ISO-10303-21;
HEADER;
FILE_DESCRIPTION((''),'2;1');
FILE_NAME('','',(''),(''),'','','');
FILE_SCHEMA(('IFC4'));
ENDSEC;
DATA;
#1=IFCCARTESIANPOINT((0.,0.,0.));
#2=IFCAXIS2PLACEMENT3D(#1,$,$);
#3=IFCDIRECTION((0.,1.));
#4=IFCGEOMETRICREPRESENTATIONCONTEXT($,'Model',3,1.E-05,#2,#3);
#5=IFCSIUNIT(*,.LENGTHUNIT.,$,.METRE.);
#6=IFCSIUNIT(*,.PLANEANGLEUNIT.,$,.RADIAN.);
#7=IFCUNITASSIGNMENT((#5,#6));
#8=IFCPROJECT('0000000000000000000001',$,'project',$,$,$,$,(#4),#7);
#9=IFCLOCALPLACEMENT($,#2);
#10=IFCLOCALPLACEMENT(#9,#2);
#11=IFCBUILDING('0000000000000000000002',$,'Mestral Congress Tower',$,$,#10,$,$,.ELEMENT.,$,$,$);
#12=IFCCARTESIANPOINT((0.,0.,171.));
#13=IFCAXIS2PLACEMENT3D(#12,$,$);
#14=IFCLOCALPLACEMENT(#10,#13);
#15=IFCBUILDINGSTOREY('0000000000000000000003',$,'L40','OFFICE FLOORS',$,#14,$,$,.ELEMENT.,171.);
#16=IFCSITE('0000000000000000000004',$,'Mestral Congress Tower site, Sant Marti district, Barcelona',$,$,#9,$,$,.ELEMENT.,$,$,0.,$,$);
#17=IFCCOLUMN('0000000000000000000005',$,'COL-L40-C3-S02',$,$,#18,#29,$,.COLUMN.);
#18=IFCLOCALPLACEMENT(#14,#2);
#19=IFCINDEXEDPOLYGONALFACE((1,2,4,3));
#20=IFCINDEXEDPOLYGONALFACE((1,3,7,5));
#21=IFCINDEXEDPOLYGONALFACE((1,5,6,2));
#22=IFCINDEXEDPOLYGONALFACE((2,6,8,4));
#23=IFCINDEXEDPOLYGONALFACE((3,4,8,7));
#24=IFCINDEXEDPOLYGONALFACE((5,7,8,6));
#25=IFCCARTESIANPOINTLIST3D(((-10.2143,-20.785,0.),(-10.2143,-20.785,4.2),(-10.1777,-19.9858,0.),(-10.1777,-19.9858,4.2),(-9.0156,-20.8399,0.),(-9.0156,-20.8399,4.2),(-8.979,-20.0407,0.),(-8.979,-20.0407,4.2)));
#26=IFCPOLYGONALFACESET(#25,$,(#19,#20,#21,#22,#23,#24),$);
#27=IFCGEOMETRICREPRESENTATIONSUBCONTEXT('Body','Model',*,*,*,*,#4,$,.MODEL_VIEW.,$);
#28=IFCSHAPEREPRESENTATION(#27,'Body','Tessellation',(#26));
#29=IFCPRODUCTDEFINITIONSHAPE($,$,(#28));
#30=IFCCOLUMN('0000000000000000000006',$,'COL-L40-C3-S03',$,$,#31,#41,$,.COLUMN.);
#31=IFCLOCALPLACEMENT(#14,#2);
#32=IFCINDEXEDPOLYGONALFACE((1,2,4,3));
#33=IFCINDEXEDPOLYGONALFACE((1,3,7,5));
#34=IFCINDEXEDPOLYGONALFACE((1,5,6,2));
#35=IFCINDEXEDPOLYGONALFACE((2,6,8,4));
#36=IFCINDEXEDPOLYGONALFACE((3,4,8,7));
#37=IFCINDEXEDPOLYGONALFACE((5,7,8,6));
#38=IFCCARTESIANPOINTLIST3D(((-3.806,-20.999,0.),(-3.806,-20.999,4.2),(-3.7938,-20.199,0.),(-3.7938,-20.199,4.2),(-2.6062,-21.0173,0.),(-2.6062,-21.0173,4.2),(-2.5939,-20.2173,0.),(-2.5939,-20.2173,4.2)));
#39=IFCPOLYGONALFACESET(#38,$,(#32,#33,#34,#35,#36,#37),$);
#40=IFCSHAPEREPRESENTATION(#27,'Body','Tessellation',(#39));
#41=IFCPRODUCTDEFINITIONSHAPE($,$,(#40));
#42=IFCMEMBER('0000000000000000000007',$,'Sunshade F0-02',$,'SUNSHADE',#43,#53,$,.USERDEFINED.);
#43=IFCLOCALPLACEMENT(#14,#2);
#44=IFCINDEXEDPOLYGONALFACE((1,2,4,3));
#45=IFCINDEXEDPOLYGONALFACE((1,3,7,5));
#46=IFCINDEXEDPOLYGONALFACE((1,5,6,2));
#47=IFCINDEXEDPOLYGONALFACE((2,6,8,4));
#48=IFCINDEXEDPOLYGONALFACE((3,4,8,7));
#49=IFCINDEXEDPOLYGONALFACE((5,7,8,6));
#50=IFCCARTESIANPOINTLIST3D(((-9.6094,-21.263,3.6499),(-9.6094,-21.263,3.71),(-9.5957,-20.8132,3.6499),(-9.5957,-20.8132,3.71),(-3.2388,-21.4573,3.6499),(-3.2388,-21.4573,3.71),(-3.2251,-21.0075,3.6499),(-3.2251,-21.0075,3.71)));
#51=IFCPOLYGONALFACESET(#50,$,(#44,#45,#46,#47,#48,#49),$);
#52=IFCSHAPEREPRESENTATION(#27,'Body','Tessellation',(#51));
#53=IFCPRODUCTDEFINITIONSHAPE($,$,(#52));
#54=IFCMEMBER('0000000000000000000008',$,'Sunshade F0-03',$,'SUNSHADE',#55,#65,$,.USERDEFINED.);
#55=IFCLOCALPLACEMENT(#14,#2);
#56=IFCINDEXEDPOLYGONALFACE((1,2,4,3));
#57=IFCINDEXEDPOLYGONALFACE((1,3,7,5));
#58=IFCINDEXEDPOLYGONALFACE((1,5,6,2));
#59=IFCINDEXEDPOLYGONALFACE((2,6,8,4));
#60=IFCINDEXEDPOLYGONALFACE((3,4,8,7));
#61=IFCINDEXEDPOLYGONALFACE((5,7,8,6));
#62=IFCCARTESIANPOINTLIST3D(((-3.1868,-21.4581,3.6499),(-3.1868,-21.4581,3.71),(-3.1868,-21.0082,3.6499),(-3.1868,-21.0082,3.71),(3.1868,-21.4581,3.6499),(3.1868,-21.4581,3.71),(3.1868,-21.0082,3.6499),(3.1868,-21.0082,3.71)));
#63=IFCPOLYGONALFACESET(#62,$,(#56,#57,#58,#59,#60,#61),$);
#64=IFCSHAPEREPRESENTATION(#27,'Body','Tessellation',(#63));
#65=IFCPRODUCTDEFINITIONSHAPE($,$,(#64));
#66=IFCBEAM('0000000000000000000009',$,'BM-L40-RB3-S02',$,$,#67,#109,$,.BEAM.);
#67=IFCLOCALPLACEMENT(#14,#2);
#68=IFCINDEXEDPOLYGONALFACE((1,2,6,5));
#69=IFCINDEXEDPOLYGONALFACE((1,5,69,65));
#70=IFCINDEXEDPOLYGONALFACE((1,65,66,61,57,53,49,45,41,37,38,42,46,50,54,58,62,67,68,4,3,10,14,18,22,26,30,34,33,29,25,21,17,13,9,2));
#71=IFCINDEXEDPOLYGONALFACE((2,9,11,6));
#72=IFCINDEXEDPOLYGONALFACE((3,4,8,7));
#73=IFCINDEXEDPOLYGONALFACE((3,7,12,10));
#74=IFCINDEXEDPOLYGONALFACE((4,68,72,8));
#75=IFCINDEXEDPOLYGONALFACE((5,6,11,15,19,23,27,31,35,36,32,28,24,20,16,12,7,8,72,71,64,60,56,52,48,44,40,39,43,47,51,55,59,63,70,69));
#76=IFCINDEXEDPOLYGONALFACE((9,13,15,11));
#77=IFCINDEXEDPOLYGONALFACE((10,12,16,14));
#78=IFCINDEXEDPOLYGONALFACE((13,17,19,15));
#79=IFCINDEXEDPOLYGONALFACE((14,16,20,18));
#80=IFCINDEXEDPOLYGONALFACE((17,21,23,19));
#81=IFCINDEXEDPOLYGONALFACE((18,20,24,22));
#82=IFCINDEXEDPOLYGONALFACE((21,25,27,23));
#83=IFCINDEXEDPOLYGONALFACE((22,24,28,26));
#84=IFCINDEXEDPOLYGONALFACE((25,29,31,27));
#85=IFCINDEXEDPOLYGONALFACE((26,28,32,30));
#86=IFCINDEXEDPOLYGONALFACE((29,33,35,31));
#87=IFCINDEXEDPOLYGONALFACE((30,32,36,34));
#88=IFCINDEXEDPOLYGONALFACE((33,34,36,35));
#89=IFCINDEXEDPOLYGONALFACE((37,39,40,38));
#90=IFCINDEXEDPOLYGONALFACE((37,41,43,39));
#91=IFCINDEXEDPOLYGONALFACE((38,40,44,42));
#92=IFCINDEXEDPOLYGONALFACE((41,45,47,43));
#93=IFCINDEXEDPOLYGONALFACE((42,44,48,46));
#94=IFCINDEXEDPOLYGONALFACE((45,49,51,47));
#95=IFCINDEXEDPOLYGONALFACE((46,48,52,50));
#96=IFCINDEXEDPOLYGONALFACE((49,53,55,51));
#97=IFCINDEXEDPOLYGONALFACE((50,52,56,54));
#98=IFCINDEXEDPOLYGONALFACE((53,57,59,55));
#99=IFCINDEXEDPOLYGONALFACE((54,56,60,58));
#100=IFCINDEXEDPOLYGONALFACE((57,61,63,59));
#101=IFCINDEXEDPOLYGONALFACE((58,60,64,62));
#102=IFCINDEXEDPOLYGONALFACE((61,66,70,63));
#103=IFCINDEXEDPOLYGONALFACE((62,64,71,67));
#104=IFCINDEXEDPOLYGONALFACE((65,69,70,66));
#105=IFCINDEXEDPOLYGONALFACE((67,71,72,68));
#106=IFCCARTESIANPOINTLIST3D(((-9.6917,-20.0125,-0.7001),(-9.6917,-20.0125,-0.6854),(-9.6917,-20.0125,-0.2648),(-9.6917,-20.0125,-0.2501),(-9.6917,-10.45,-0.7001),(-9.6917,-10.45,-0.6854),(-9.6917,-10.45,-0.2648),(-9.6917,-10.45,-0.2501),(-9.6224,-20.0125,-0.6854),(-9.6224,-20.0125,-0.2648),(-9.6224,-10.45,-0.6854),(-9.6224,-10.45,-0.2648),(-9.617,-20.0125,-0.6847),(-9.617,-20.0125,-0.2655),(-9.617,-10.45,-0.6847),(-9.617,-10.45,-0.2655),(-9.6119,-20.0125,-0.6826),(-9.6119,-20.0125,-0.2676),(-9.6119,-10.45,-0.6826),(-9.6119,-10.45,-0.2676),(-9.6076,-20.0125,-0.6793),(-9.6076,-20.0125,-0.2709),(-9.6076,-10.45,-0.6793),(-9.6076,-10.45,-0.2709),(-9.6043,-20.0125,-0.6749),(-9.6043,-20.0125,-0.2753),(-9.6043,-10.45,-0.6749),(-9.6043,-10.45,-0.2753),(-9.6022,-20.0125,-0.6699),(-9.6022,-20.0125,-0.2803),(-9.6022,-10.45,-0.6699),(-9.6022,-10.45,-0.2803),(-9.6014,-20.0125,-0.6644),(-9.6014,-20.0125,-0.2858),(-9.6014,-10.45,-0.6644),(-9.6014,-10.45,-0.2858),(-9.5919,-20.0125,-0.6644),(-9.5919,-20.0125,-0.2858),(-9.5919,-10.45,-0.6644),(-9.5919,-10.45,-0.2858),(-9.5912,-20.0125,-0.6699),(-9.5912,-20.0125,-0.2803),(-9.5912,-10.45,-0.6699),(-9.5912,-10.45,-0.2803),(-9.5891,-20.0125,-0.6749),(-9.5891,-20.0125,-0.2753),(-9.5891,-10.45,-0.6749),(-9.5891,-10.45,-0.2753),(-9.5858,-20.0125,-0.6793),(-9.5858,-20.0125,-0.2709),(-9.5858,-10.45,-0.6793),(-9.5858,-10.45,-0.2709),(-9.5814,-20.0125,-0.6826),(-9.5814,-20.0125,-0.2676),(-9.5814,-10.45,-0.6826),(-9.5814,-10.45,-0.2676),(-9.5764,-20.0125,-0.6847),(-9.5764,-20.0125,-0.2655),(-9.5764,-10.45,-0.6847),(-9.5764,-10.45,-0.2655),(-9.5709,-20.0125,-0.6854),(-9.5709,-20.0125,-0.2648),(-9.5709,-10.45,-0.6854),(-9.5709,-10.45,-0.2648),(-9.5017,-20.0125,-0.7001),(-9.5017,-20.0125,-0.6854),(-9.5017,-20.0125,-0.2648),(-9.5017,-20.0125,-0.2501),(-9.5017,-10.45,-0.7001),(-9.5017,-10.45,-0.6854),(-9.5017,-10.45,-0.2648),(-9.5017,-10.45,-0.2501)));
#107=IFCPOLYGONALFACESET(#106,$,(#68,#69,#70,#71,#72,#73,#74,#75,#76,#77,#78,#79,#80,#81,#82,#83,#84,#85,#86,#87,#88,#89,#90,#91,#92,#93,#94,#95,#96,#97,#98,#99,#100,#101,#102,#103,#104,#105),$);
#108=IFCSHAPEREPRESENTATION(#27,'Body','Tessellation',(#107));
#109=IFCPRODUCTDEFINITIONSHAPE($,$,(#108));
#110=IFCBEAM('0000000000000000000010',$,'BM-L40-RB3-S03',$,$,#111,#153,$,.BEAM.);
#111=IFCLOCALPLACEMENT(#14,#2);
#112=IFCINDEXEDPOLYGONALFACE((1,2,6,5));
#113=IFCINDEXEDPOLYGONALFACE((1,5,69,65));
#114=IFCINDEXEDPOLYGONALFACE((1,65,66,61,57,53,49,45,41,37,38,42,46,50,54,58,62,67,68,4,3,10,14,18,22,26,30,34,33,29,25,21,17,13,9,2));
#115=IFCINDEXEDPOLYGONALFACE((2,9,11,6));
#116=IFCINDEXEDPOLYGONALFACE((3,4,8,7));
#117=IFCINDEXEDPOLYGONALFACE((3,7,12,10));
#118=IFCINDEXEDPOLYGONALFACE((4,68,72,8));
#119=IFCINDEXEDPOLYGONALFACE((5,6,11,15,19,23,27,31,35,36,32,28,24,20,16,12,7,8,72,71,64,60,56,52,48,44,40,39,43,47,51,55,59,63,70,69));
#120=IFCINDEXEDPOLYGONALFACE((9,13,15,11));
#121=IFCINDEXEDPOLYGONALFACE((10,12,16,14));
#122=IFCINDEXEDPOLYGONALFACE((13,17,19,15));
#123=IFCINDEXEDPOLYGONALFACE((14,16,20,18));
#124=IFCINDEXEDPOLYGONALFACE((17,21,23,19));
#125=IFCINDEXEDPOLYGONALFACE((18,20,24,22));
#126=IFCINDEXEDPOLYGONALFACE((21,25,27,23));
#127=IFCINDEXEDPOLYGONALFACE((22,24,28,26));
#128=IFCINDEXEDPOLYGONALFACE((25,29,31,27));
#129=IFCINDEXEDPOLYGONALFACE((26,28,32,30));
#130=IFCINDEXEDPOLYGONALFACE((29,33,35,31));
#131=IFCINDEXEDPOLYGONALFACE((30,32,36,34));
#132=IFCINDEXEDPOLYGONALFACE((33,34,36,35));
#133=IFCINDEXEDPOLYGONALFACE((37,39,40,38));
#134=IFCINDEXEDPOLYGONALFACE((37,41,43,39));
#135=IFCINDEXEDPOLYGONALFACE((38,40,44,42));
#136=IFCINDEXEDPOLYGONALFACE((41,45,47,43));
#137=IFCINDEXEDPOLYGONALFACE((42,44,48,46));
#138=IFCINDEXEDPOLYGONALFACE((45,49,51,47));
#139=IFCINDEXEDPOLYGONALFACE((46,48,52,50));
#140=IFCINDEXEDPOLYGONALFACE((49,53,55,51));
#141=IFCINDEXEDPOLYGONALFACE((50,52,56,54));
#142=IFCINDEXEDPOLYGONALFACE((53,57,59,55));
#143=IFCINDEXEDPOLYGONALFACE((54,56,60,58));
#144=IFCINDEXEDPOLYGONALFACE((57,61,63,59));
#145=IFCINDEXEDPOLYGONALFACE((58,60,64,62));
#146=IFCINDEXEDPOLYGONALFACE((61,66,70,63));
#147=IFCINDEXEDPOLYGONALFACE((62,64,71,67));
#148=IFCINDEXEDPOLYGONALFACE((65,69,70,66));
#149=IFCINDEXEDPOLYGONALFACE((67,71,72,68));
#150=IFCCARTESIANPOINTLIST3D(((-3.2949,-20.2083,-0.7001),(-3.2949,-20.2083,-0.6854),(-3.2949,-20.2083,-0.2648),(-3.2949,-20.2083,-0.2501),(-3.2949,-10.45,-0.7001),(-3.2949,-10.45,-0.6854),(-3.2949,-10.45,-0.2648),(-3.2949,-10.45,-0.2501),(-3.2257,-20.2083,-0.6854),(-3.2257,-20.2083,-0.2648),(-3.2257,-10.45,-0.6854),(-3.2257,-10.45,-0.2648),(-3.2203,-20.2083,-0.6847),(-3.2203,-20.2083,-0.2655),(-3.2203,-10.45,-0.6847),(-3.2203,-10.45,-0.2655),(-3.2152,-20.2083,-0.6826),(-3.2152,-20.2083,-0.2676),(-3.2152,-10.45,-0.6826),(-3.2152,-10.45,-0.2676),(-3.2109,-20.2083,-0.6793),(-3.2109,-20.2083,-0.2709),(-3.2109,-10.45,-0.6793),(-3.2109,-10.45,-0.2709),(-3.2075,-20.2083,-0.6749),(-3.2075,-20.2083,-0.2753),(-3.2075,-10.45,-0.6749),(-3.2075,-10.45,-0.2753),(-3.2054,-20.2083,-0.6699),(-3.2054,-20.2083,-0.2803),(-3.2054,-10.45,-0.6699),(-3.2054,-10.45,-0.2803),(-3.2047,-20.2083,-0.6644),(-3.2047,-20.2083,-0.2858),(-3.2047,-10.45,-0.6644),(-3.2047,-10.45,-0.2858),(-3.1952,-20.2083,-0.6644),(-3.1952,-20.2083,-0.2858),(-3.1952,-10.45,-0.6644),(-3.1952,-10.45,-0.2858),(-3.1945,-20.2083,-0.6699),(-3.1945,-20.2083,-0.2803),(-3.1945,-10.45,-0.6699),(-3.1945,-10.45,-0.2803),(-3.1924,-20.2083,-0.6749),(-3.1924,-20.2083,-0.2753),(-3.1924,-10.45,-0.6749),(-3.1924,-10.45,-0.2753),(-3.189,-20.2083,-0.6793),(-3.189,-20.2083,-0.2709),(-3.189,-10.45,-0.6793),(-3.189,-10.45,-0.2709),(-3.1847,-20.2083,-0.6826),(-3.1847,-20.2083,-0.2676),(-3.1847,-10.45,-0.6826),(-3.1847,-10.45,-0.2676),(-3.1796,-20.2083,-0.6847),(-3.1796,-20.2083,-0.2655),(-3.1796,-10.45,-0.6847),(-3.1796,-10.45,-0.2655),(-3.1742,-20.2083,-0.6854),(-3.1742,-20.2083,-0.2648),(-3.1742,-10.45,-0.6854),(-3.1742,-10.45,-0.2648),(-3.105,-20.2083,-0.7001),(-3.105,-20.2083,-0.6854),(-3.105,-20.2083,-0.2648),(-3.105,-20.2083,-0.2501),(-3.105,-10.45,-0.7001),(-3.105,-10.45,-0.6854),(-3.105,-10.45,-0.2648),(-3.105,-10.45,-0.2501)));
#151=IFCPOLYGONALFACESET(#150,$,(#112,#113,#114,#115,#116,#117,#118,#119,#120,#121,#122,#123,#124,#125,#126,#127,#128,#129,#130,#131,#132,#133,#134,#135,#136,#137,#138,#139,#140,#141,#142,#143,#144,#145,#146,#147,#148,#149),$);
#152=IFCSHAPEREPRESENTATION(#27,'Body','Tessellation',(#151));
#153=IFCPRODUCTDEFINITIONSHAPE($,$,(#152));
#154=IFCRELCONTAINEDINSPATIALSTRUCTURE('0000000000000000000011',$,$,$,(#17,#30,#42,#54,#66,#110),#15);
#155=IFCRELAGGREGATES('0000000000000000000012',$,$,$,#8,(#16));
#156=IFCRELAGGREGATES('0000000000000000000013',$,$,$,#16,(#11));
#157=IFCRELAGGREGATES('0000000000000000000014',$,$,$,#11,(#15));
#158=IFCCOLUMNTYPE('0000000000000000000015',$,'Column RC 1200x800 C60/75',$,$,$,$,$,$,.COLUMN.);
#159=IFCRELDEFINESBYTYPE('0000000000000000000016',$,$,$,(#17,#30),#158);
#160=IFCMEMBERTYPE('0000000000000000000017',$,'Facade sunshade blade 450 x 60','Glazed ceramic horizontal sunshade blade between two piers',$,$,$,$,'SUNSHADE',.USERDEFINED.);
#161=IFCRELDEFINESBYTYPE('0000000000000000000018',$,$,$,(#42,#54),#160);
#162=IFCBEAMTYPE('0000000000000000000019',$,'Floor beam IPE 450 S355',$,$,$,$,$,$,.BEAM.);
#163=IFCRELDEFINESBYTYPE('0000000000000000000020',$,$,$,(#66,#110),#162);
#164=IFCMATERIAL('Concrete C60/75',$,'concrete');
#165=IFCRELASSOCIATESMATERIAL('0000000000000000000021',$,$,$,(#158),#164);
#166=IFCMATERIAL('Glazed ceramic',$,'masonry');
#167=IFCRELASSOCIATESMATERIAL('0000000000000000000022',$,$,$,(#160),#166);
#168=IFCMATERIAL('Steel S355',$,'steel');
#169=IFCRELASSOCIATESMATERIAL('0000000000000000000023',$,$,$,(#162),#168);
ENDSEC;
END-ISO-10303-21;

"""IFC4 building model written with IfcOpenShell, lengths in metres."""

from ifc_helpers import new_model, si_unit, direction, frame, origin, origin_2d, place, context, subcontext, project, spatial, rectangle, i_section, extrude, material, material_profile, profile_set, type_object, element, save


model = new_model("IFC4")

# Units and contexts
model_context = context("Model", 3, precision=1e-05, world=origin(), true_north=direction((0.0, 1.0)))
body_context = subcontext(model_context, "Body", "Model", "MODEL_VIEW")
ifc_project = project(units=[si_unit("LENGTHUNIT", "METRE"), si_unit("PLANEANGLEUNIT", "RADIAN")], contexts=[model_context])

# Site, building, storey
site_placement = place(None, origin())
site = spatial("IfcSite", under=ifc_project, at=site_placement, Name="Mestral Congress Tower site, Sant Marti district, Barcelona", CompositionType="ELEMENT", RefElevation=0.0)
building_placement = place(site_placement, origin())
building = spatial("IfcBuilding", under=site, at=building_placement, Name="Mestral Congress Tower", CompositionType="ELEMENT")
storey_placement = place(building_placement, frame((0.0, 0.0, 171.0)))
storey = spatial("IfcBuildingStorey", under=building, at=storey_placement, Name="L40", Description="OFFICE FLOORS", CompositionType="ELEMENT", Elevation=171.0)

# Columns
ifc_material_1 = material(Name="Concrete C60/75", Category="concrete")
ifc_material_profile_1 = material_profile(ifc_material_1, rectangle(XDim=1.2, YDim=0.8, at=origin_2d()), Name="RC 1200x800")
ifc_profile_set_1 = profile_set([ifc_material_profile_1], Name="Concrete C60/75")
column_type = type_object("IfcColumnType", Name="Column RC 1200x800 C60/75", PredefinedType="COLUMN", material=ifc_profile_set_1)
for number, where, z_axis, x_axis, name in (
    (1, (-9.5967, -20.4128, 0.0), (0.0, 0.0, 1.0), (0.998952, -0.045771, 0.0), "COL-L40-C3-S02"),
    (2, (-3.2, -20.6082, 0.0), (0.0, 0.0, 1.0), (0.999884, -0.015262, 0.0), "COL-L40-C3-S03"),
):
    element("IfcColumn", number, at=place(storey_placement, frame(where, z_axis=z_axis, x_axis=x_axis)), inside=storey, type_object=column_type, Name=name, PredefinedType="COLUMN", context=body_context, shape_type="SweptSolid", body=[
        extrude(rectangle(XDim=1.2, YDim=0.8, at=origin_2d()), origin(), (0.0, 0.0, 1.0), 4.2),
    ])

# Members
ifc_material_2 = material(Name="Glazed ceramic", Category="masonry")
ifc_material_profile_2 = material_profile(ifc_material_2, rectangle(XDim=0.45, YDim=0.0601, at=origin_2d()), Name="Ceramic blade 450 x 60")
ifc_profile_set_2 = profile_set([ifc_material_profile_2], Name="Glazed ceramic")
member_type = type_object("IfcMemberType", Name="Facade sunshade blade 450 x 60", Description="Glazed ceramic horizontal sunshade blade between two piers", ElementType="SUNSHADE", PredefinedType="USERDEFINED", material=ifc_profile_set_2)
for number, where, z_axis, x_axis, name in (
    (3, (-9.6025, -21.0381, 3.6799), (0.999535, -0.030491, 0.0), (0.030491, 0.999535, 0.0), "Sunshade F0-02"),
    (4, (-3.1868, -21.2332, 3.6799), (1.0, 0.0, 0.0), (0.0, 1.0, 0.0), "Sunshade F0-03"),
):
    element("IfcMember", number, at=place(storey_placement, frame(where, z_axis=z_axis, x_axis=x_axis)), inside=storey, type_object=member_type, Name=name, ObjectType="SUNSHADE", PredefinedType="USERDEFINED", context=body_context, shape_type="SweptSolid", body=[
        extrude(rectangle(XDim=0.45, YDim=0.0601, at=origin_2d()), origin(), (0.0, 0.0, 1.0), 6.3735),
    ])

# Beams
ifc_material_3 = material(Name="Steel S355", Category="steel")
ifc_material_profile_3 = material_profile(ifc_material_3, i_section(OverallWidth=0.1899, OverallDepth=0.45, WebThickness=0.0095, FlangeThickness=0.0146, FilletRadius=0.021, at=origin_2d()), Name="IPE 450")
ifc_profile_set_3 = profile_set([ifc_material_profile_3], Name="Steel S355")
beam_type_1 = type_object("IfcBeamType", Name="Floor beam IPE 450 S355", PredefinedType="BEAM", material=ifc_profile_set_3)
beam_1_placement = place(storey_placement, frame((-9.5967, -20.0125, -0.4751), z_axis=(0.0, 1.0, 0.0), x_axis=(-1.0, 0.0, 0.0)))
element("IfcBeam", 5, at=beam_1_placement, inside=storey, type_object=beam_type_1, Name="BM-L40-RB3-S02", PredefinedType="BEAM", context=body_context, shape_type="SweptSolid", body=[
    extrude(i_section(OverallWidth=0.1899, OverallDepth=0.45, WebThickness=0.0095, FlangeThickness=0.0146, FilletRadius=0.021, at=origin_2d()), origin(), (0.0, 0.0, 1.0), 9.5625),
])
beam_2_placement = place(storey_placement, frame((-3.2, -20.2083, -0.4751), z_axis=(0.0, 1.0, 0.0), x_axis=(-1.0, 0.0, 0.0)))
element("IfcBeam", 6, at=beam_2_placement, inside=storey, type_object=beam_type_1, Name="BM-L40-RB3-S03", PredefinedType="BEAM", context=body_context, shape_type="SweptSolid", body=[
    extrude(i_section(OverallWidth=0.1899, OverallDepth=0.45, WebThickness=0.0095, FlangeThickness=0.0146, FilletRadius=0.021, at=origin_2d()), origin(), (0.0, 0.0, 1.0), 9.7583),
])

save(model, "model.ifc")
